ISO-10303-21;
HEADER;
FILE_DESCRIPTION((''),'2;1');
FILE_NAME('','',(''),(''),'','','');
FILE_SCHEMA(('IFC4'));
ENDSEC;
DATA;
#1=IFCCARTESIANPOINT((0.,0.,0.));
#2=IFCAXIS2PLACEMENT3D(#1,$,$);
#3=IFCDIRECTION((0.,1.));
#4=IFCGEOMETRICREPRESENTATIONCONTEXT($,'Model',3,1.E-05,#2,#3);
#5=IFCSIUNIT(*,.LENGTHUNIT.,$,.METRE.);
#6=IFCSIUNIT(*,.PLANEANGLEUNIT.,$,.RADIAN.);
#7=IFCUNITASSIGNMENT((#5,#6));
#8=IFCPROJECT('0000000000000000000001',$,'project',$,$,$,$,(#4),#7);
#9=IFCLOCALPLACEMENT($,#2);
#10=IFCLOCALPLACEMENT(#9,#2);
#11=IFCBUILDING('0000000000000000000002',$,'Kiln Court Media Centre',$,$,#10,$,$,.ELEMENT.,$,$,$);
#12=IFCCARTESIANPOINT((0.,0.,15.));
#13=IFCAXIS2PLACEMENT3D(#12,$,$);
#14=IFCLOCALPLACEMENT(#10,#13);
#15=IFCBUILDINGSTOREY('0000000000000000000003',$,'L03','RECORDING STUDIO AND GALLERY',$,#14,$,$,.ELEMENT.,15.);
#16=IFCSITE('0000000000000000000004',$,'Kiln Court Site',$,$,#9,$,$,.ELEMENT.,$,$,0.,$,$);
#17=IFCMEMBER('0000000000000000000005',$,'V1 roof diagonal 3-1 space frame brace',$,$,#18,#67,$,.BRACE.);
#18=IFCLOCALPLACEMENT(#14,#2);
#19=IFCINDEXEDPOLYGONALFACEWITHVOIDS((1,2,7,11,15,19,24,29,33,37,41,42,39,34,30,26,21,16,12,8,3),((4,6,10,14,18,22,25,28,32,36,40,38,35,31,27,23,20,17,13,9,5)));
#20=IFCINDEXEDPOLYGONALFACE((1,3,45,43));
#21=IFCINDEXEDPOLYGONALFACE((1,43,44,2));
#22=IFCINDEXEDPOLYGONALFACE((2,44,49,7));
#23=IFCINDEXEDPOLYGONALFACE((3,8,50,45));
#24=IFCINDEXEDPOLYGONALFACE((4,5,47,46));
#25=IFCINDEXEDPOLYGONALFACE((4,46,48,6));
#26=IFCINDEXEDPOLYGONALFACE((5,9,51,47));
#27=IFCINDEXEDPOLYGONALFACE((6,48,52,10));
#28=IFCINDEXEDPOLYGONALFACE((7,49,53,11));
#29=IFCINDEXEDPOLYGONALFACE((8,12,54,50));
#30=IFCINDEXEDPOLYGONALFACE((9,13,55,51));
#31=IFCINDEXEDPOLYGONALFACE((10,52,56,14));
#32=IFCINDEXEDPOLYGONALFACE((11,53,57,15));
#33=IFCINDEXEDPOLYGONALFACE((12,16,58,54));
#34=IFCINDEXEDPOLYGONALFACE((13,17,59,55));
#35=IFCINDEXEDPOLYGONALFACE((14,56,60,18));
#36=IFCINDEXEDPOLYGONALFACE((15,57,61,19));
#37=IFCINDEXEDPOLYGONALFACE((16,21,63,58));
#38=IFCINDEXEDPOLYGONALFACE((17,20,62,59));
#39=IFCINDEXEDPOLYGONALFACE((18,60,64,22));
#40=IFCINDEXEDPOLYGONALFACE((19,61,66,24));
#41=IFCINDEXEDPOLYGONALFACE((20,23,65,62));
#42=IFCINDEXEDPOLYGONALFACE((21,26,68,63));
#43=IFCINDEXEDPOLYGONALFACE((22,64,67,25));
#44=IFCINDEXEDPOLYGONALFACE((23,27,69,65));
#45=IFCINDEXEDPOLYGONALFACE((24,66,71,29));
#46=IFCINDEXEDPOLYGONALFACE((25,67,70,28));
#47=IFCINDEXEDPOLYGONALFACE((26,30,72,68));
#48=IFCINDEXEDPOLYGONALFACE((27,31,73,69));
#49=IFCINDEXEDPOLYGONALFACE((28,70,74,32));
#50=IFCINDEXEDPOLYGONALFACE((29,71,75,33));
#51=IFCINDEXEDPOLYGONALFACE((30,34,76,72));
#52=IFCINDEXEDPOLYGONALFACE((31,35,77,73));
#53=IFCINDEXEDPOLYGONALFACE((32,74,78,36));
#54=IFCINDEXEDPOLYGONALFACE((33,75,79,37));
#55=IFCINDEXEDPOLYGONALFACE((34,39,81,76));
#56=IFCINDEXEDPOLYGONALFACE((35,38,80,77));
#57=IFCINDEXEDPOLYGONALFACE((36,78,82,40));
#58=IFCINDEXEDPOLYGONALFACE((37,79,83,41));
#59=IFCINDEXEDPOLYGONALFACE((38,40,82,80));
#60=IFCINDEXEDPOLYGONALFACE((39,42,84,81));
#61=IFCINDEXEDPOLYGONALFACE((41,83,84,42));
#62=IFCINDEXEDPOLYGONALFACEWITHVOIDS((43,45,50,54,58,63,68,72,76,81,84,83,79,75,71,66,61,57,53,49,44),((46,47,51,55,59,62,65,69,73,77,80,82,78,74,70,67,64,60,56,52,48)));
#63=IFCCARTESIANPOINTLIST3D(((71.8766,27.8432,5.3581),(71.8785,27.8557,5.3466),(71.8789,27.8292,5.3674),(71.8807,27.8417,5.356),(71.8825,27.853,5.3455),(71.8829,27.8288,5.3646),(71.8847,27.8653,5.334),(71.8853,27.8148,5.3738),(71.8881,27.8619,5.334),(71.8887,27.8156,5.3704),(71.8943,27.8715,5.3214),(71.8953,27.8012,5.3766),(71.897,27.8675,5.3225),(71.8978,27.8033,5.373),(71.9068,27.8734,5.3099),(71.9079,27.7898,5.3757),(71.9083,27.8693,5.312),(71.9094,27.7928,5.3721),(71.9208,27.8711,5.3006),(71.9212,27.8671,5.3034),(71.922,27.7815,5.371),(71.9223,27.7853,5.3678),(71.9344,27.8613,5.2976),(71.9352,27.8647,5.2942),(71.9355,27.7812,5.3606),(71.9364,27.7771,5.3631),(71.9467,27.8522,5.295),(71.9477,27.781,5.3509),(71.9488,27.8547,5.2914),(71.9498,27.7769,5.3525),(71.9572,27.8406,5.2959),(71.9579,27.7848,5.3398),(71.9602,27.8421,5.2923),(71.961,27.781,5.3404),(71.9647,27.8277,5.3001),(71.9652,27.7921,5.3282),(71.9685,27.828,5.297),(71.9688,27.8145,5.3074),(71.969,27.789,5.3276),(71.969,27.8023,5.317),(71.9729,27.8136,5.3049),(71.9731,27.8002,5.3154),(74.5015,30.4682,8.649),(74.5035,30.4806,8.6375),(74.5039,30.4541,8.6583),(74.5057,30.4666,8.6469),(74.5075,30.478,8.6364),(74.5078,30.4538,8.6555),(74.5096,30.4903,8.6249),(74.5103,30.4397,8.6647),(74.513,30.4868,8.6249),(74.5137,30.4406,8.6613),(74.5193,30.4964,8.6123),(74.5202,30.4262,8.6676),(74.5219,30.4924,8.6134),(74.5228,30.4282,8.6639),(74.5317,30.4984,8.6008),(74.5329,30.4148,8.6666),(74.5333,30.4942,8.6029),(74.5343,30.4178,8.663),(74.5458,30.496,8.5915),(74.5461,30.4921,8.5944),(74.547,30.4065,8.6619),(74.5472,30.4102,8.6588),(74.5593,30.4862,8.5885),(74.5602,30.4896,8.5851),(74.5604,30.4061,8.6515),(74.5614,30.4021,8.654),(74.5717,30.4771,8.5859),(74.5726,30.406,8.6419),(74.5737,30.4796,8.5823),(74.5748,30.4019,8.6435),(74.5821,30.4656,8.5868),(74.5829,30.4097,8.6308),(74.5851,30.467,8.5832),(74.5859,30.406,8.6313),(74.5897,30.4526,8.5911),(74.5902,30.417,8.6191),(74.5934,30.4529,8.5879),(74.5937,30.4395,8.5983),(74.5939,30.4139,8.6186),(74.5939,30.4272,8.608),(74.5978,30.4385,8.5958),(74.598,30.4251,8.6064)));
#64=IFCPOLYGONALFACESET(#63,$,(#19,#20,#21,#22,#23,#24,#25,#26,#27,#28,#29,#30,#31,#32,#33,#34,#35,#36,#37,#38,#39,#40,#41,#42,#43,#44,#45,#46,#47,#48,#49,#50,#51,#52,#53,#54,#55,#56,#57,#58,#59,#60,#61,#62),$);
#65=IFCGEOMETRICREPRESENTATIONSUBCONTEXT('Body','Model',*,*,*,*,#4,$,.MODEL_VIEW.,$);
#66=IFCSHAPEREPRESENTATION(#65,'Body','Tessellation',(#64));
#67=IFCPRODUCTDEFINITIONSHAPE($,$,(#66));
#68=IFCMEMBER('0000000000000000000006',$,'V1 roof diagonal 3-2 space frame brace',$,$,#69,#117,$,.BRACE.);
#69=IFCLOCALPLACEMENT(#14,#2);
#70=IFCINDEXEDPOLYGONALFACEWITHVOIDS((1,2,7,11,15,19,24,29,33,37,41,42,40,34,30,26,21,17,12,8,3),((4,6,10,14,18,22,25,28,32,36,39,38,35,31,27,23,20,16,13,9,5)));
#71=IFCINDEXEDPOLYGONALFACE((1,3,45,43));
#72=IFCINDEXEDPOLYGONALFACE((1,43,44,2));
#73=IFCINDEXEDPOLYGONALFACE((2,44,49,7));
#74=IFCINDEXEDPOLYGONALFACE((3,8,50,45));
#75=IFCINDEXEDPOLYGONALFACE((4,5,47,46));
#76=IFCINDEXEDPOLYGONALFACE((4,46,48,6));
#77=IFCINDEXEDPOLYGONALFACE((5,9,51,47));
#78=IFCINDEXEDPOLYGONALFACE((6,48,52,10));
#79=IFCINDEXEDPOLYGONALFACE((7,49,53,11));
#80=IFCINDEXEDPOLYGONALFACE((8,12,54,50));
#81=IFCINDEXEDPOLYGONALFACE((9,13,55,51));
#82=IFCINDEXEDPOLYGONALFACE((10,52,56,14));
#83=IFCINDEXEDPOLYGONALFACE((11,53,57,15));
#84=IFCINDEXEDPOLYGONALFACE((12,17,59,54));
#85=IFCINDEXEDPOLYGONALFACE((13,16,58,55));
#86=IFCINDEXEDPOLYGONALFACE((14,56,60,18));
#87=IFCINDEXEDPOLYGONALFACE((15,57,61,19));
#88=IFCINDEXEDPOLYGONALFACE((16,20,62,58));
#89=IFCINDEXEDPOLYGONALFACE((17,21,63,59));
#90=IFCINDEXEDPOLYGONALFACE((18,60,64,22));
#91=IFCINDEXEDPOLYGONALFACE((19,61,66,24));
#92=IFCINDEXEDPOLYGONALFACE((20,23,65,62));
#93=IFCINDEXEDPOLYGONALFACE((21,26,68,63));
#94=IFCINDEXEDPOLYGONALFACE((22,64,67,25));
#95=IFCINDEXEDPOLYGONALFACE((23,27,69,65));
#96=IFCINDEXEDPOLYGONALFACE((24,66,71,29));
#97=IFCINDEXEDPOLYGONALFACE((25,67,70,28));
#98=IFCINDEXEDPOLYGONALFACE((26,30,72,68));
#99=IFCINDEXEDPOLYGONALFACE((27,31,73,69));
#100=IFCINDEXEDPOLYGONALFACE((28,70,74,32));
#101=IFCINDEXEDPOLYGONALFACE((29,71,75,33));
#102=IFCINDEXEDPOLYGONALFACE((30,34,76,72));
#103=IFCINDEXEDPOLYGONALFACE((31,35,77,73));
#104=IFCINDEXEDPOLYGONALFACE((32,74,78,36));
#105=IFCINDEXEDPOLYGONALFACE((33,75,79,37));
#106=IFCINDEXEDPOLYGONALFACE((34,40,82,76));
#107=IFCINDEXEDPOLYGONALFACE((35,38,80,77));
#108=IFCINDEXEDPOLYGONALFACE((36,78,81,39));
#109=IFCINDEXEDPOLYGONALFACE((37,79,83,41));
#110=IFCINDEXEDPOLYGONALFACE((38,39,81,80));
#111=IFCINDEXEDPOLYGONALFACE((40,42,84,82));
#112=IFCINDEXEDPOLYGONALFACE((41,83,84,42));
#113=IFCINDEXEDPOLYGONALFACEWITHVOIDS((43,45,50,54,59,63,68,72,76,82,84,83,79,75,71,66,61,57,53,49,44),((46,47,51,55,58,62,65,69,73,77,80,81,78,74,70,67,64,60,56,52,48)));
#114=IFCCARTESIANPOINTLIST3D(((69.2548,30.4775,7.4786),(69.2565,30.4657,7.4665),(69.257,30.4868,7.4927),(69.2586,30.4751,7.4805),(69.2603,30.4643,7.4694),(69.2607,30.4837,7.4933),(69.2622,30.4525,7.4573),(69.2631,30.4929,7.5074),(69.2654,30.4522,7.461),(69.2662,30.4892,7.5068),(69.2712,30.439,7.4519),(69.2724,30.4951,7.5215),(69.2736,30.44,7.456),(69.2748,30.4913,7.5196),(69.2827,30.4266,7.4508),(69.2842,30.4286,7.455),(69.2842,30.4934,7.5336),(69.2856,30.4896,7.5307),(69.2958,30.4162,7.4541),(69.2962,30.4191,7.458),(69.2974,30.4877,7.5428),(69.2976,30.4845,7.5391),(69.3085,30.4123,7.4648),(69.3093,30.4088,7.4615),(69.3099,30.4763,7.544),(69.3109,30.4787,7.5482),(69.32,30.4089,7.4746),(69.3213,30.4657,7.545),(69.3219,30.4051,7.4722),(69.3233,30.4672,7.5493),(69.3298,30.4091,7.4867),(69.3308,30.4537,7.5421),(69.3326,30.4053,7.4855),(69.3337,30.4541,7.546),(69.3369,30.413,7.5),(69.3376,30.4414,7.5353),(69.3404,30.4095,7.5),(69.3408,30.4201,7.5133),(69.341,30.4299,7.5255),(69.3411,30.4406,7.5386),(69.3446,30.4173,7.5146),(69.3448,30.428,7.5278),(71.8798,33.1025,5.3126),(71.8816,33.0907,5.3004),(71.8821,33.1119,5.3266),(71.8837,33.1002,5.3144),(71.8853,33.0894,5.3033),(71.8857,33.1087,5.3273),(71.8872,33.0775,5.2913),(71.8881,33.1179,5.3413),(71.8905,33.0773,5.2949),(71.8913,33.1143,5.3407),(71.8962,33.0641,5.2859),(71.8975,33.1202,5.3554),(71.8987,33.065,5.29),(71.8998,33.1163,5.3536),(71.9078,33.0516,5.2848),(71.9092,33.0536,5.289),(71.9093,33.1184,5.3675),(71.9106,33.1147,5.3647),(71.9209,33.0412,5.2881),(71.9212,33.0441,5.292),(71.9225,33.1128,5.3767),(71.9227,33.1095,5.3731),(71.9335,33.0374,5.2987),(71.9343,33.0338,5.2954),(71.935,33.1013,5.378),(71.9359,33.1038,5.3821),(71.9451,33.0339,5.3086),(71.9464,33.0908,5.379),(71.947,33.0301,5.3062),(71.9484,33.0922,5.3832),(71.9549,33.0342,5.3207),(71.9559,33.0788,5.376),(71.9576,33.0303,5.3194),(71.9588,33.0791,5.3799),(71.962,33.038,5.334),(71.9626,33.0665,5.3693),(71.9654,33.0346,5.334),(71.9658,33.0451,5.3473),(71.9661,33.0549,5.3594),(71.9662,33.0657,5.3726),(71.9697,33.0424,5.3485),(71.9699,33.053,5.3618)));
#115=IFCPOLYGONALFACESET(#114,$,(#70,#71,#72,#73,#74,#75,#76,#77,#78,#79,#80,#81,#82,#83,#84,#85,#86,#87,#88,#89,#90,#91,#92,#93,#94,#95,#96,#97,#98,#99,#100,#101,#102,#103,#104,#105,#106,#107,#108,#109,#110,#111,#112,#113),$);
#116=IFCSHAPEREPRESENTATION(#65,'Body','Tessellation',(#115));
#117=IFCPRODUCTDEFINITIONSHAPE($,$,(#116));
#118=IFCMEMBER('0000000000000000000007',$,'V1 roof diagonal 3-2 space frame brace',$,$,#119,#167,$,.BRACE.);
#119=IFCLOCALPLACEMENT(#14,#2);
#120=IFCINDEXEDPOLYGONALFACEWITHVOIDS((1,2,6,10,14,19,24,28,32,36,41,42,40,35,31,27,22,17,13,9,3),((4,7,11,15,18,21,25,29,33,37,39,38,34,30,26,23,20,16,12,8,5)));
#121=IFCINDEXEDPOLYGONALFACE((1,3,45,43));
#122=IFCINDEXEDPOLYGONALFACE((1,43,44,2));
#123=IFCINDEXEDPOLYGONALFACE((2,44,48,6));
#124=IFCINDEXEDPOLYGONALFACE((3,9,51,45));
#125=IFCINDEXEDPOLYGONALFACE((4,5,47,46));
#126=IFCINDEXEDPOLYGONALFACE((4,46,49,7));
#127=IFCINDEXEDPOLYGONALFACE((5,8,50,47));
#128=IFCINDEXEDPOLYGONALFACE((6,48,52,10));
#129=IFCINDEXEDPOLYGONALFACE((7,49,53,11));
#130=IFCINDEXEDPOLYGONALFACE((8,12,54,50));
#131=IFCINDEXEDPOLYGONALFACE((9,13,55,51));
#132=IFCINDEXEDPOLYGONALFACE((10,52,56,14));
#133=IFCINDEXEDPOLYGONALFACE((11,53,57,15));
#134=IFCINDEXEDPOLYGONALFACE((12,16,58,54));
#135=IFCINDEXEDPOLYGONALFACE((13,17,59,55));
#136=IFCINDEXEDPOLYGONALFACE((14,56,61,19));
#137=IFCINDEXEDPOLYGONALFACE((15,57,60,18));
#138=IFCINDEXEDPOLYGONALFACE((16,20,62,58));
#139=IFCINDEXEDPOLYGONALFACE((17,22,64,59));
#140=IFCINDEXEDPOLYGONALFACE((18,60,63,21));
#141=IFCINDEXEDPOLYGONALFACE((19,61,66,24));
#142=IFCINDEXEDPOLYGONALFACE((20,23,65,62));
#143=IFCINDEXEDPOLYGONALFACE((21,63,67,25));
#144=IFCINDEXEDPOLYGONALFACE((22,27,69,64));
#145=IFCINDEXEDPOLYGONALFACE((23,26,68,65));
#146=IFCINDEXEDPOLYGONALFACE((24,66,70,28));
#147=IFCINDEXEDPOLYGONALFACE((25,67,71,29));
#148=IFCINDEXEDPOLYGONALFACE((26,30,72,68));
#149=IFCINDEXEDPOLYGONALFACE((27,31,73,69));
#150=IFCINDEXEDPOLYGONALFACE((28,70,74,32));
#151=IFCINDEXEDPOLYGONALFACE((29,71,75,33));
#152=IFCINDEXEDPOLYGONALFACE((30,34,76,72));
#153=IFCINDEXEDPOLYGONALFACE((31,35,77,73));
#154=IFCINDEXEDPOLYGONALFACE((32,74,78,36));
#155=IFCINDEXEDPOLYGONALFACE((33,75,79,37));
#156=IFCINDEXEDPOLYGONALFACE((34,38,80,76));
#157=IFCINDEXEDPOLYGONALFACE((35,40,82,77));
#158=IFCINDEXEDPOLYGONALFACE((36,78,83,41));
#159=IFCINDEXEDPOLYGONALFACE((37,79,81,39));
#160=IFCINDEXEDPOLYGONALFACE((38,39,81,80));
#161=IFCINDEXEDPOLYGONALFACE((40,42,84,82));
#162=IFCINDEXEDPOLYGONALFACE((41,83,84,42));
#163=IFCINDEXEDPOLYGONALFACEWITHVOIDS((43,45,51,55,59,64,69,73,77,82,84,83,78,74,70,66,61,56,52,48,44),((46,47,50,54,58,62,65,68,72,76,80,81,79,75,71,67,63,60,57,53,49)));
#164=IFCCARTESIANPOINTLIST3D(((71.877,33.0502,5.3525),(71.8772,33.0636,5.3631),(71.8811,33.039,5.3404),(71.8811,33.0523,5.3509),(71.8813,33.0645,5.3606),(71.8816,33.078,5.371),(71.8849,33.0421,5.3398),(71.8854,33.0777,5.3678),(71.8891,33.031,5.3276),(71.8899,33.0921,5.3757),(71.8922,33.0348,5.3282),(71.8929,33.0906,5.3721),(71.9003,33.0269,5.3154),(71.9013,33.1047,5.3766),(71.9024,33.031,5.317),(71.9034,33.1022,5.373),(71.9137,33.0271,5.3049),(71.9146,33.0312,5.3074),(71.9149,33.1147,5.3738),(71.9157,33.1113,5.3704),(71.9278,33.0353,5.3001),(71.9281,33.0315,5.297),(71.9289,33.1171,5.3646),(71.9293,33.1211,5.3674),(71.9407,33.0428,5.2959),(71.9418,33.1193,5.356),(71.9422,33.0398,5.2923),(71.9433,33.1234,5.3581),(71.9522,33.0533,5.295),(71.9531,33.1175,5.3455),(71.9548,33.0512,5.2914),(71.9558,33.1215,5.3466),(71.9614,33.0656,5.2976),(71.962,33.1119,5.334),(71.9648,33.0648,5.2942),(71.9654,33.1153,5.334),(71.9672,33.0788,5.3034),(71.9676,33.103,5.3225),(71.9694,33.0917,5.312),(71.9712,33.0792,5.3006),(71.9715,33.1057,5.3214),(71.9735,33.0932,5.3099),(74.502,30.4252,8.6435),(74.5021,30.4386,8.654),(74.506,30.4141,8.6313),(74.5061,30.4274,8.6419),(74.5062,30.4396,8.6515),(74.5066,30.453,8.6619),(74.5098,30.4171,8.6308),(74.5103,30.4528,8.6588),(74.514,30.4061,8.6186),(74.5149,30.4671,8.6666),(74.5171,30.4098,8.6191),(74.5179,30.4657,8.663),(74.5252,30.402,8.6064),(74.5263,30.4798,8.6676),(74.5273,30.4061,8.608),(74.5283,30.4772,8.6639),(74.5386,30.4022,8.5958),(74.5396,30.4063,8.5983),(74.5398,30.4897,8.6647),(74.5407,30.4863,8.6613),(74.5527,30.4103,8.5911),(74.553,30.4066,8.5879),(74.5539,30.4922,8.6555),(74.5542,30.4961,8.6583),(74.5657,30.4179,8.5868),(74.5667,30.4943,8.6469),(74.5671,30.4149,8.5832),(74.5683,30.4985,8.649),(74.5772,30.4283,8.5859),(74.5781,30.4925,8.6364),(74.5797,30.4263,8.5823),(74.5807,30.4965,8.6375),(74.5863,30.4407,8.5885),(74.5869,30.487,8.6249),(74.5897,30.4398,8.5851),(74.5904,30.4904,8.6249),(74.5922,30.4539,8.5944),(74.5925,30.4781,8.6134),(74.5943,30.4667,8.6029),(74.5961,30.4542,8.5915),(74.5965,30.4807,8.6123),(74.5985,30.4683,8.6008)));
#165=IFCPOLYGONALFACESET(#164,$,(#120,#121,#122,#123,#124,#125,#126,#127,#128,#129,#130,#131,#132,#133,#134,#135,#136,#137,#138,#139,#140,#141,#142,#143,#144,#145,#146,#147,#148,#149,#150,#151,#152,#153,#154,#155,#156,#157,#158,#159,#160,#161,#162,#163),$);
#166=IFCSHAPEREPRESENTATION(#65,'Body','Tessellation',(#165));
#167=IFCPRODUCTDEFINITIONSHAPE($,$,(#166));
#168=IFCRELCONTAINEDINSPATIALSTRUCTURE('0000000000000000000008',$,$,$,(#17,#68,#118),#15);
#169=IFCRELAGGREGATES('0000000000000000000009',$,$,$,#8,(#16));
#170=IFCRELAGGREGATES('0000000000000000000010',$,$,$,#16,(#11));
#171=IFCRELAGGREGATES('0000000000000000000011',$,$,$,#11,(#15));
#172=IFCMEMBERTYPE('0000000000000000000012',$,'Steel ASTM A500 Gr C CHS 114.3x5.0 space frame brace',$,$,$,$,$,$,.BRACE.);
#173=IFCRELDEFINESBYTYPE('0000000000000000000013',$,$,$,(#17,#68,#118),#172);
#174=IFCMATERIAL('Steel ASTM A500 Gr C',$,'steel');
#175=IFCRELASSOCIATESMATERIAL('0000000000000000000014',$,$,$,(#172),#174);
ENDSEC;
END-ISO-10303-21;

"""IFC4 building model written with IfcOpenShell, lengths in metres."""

from ifc_helpers import new_model, si_unit, direction, frame, origin, origin_2d, place, context, subcontext, project, spatial, hollow_circle, extrude, material, material_profile, profile_set, type_object, element, save


model = new_model("IFC4")

# Units and contexts
model_context = context("Model", 3, precision=1e-05, world=origin(), true_north=direction((0.0, 1.0)))
body_context = subcontext(model_context, "Body", "Model", "MODEL_VIEW")
ifc_project = project(units=[si_unit("LENGTHUNIT", "METRE"), si_unit("PLANEANGLEUNIT", "RADIAN")], contexts=[model_context])

# Site, building, storey
site_placement = place(None, origin())
site = spatial("IfcSite", under=ifc_project, at=site_placement, Name="Kiln Court Site", CompositionType="ELEMENT", RefElevation=0.0)
building_placement = place(site_placement, origin())
building = spatial("IfcBuilding", under=site, at=building_placement, Name="Kiln Court Media Centre", CompositionType="ELEMENT")
storey_placement = place(building_placement, frame((0.0, 0.0, 15.0)))
storey = spatial("IfcBuildingStorey", under=building, at=storey_placement, Name="L03", Description="RECORDING STUDIO AND GALLERY", CompositionType="ELEMENT", Elevation=15.0)

# Members
ifc_material_1 = material(Name="Steel ASTM A500 Gr C", Category="steel")
ifc_material_profile_1 = material_profile(ifc_material_1, hollow_circle(Radius=0.0571, WallThickness=0.0049, at=origin_2d()), Name="CHS 114.3x5.0")
ifc_profile_set_1 = profile_set([ifc_material_profile_1], Name="Steel ASTM A500 Gr C")
member_type_1 = type_object("IfcMemberType", Name="Steel ASTM A500 Gr C CHS 114.3x5.0 space frame brace", PredefinedType="BRACE", material=ifc_profile_set_1)
member_1_placement = place(storey_placement, frame((71.925, 27.825, 5.334), z_axis=(0.529122, 0.529122, 0.663371), x_axis=(-0.707107, 0.707107, 0.0)))
element("IfcMember", 1, at=member_1_placement, inside=storey, type_object=member_type_1, Name="V1 roof diagonal 3-1 space frame brace", PredefinedType="BRACE", context=body_context, shape_type="SweptSolid", body=[
    extrude(hollow_circle(Radius=0.0571, WallThickness=0.0049, at=origin_2d()), origin(), (0.0, 0.0, 1.0), 4.9609),
])
member_2_placement = place(storey_placement, frame((71.925, 33.075, 5.334), z_axis=(-0.610748, -0.610748, 0.503958), x_axis=(0.707107, -0.707107, 0.0)))
element("IfcMember", 2, at=member_2_placement, inside=storey, type_object=member_type_1, Name="V1 roof diagonal 3-2 space frame brace", PredefinedType="BRACE", context=body_context, shape_type="SweptSolid", body=[
    extrude(hollow_circle(Radius=0.0571, WallThickness=0.0049, at=origin_2d()), origin(), (0.0, 0.0, 1.0), 4.2981),
])
member_3_placement = place(storey_placement, frame((71.925, 33.075, 5.334), z_axis=(0.529122, -0.529122, 0.663371), x_axis=(0.707107, 0.707107, 0.0)))
element("IfcMember", 3, at=member_3_placement, inside=storey, type_object=member_type_1, Name="V1 roof diagonal 3-2 space frame brace", PredefinedType="BRACE", context=body_context, shape_type="SweptSolid", body=[
    extrude(hollow_circle(Radius=0.0571, WallThickness=0.0049, at=origin_2d()), origin(), (0.0, 0.0, 1.0), 4.9609),
])

save(model, "model.ifc")
